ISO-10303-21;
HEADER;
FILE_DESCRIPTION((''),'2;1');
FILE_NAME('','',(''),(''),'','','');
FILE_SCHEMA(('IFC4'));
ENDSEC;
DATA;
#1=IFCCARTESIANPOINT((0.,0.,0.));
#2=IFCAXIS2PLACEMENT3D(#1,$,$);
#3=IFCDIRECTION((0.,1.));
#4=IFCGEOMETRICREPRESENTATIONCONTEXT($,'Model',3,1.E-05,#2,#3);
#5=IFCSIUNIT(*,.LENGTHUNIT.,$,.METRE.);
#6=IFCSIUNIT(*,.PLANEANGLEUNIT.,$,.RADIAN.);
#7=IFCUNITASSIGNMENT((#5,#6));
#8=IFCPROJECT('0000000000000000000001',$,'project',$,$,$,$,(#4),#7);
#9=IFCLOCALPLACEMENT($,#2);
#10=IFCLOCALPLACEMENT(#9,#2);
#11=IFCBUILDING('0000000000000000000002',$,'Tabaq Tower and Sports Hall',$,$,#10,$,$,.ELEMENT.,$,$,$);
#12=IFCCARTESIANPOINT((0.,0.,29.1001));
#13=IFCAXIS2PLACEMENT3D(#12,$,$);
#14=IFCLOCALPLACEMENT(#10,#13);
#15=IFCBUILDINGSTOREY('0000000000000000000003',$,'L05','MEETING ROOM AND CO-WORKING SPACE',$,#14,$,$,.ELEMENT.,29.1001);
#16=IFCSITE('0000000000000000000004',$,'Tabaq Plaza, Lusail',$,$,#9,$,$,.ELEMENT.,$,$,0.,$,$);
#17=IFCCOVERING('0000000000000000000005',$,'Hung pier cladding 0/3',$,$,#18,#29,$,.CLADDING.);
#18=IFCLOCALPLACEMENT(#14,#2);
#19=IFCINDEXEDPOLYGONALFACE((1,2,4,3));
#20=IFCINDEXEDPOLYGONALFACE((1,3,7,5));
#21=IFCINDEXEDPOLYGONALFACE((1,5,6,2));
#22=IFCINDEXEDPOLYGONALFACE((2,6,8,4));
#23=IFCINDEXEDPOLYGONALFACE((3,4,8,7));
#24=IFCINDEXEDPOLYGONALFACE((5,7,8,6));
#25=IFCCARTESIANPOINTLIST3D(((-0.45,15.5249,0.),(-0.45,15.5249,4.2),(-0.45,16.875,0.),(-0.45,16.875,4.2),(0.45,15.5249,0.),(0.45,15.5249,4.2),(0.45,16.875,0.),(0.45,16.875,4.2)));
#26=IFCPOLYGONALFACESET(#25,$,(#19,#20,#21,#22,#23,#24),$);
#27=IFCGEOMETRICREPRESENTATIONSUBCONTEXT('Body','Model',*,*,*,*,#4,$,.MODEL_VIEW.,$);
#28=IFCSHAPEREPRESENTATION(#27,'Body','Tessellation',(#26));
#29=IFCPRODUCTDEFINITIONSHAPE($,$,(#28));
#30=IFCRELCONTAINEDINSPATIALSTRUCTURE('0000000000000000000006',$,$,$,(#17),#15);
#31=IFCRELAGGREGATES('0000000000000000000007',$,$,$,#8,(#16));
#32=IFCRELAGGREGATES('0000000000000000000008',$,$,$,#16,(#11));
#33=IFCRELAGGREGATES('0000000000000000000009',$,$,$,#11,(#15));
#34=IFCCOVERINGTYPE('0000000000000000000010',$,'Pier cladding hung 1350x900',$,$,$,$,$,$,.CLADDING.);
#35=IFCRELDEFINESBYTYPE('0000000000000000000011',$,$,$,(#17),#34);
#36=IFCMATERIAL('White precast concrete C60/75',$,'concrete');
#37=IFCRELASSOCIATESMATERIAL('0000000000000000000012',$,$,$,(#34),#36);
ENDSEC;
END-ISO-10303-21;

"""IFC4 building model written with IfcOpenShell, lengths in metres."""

from ifc_helpers import new_model, si_unit, direction, frame, frame_2d, origin, place, context, subcontext, project, spatial, rectangle, extrude, material, type_object, element, save


model = new_model("IFC4")

# Units and contexts
model_context = context("Model", 3, precision=1e-05, world=origin(), true_north=direction((0.0, 1.0)))
body_context = subcontext(model_context, "Body", "Model", "MODEL_VIEW")
ifc_project = project(units=[si_unit("LENGTHUNIT", "METRE"), si_unit("PLANEANGLEUNIT", "RADIAN")], contexts=[model_context])

# Site, building, storey
site_placement = place(None, origin())
site = spatial("IfcSite", under=ifc_project, at=site_placement, Name="Tabaq Plaza, Lusail", CompositionType="ELEMENT", RefElevation=0.0)
building_placement = place(site_placement, origin())
building = spatial("IfcBuilding", under=site, at=building_placement, Name="Tabaq Tower and Sports Hall", CompositionType="ELEMENT")
storey_placement = place(building_placement, frame((0.0, 0.0, 29.1001)))
storey = spatial("IfcBuildingStorey", under=building, at=storey_placement, Name="L05", Description="MEETING ROOM AND CO-WORKING SPACE", CompositionType="ELEMENT", Elevation=29.1001)

# Covering
ifc_material_1 = material(Name="White precast concrete C60/75", Category="concrete")
covering_type = type_object("IfcCoveringType", Name="Pier cladding hung 1350x900", PredefinedType="CLADDING", material=ifc_material_1)
for number, where, z_axis, x_axis, name in (
    (1, (0.0, 16.875, 0.0), (0.0, 0.0, 1.0), (0.0, -1.0, 0.0), "Hung pier cladding 0/3"),
):
    element("IfcCovering", number, at=place(storey_placement, frame(where, z_axis=z_axis, x_axis=x_axis)), inside=storey, type_object=covering_type, Name=name, PredefinedType="CLADDING", context=body_context, shape_type="SweptSolid", body=[
        extrude(rectangle(XDim=1.3501, YDim=0.8999, at=frame_2d((0.675, 0.0))), origin(), (0.0, 0.0, 1.0), 4.2),
    ])

save(model, "model.ifc")
